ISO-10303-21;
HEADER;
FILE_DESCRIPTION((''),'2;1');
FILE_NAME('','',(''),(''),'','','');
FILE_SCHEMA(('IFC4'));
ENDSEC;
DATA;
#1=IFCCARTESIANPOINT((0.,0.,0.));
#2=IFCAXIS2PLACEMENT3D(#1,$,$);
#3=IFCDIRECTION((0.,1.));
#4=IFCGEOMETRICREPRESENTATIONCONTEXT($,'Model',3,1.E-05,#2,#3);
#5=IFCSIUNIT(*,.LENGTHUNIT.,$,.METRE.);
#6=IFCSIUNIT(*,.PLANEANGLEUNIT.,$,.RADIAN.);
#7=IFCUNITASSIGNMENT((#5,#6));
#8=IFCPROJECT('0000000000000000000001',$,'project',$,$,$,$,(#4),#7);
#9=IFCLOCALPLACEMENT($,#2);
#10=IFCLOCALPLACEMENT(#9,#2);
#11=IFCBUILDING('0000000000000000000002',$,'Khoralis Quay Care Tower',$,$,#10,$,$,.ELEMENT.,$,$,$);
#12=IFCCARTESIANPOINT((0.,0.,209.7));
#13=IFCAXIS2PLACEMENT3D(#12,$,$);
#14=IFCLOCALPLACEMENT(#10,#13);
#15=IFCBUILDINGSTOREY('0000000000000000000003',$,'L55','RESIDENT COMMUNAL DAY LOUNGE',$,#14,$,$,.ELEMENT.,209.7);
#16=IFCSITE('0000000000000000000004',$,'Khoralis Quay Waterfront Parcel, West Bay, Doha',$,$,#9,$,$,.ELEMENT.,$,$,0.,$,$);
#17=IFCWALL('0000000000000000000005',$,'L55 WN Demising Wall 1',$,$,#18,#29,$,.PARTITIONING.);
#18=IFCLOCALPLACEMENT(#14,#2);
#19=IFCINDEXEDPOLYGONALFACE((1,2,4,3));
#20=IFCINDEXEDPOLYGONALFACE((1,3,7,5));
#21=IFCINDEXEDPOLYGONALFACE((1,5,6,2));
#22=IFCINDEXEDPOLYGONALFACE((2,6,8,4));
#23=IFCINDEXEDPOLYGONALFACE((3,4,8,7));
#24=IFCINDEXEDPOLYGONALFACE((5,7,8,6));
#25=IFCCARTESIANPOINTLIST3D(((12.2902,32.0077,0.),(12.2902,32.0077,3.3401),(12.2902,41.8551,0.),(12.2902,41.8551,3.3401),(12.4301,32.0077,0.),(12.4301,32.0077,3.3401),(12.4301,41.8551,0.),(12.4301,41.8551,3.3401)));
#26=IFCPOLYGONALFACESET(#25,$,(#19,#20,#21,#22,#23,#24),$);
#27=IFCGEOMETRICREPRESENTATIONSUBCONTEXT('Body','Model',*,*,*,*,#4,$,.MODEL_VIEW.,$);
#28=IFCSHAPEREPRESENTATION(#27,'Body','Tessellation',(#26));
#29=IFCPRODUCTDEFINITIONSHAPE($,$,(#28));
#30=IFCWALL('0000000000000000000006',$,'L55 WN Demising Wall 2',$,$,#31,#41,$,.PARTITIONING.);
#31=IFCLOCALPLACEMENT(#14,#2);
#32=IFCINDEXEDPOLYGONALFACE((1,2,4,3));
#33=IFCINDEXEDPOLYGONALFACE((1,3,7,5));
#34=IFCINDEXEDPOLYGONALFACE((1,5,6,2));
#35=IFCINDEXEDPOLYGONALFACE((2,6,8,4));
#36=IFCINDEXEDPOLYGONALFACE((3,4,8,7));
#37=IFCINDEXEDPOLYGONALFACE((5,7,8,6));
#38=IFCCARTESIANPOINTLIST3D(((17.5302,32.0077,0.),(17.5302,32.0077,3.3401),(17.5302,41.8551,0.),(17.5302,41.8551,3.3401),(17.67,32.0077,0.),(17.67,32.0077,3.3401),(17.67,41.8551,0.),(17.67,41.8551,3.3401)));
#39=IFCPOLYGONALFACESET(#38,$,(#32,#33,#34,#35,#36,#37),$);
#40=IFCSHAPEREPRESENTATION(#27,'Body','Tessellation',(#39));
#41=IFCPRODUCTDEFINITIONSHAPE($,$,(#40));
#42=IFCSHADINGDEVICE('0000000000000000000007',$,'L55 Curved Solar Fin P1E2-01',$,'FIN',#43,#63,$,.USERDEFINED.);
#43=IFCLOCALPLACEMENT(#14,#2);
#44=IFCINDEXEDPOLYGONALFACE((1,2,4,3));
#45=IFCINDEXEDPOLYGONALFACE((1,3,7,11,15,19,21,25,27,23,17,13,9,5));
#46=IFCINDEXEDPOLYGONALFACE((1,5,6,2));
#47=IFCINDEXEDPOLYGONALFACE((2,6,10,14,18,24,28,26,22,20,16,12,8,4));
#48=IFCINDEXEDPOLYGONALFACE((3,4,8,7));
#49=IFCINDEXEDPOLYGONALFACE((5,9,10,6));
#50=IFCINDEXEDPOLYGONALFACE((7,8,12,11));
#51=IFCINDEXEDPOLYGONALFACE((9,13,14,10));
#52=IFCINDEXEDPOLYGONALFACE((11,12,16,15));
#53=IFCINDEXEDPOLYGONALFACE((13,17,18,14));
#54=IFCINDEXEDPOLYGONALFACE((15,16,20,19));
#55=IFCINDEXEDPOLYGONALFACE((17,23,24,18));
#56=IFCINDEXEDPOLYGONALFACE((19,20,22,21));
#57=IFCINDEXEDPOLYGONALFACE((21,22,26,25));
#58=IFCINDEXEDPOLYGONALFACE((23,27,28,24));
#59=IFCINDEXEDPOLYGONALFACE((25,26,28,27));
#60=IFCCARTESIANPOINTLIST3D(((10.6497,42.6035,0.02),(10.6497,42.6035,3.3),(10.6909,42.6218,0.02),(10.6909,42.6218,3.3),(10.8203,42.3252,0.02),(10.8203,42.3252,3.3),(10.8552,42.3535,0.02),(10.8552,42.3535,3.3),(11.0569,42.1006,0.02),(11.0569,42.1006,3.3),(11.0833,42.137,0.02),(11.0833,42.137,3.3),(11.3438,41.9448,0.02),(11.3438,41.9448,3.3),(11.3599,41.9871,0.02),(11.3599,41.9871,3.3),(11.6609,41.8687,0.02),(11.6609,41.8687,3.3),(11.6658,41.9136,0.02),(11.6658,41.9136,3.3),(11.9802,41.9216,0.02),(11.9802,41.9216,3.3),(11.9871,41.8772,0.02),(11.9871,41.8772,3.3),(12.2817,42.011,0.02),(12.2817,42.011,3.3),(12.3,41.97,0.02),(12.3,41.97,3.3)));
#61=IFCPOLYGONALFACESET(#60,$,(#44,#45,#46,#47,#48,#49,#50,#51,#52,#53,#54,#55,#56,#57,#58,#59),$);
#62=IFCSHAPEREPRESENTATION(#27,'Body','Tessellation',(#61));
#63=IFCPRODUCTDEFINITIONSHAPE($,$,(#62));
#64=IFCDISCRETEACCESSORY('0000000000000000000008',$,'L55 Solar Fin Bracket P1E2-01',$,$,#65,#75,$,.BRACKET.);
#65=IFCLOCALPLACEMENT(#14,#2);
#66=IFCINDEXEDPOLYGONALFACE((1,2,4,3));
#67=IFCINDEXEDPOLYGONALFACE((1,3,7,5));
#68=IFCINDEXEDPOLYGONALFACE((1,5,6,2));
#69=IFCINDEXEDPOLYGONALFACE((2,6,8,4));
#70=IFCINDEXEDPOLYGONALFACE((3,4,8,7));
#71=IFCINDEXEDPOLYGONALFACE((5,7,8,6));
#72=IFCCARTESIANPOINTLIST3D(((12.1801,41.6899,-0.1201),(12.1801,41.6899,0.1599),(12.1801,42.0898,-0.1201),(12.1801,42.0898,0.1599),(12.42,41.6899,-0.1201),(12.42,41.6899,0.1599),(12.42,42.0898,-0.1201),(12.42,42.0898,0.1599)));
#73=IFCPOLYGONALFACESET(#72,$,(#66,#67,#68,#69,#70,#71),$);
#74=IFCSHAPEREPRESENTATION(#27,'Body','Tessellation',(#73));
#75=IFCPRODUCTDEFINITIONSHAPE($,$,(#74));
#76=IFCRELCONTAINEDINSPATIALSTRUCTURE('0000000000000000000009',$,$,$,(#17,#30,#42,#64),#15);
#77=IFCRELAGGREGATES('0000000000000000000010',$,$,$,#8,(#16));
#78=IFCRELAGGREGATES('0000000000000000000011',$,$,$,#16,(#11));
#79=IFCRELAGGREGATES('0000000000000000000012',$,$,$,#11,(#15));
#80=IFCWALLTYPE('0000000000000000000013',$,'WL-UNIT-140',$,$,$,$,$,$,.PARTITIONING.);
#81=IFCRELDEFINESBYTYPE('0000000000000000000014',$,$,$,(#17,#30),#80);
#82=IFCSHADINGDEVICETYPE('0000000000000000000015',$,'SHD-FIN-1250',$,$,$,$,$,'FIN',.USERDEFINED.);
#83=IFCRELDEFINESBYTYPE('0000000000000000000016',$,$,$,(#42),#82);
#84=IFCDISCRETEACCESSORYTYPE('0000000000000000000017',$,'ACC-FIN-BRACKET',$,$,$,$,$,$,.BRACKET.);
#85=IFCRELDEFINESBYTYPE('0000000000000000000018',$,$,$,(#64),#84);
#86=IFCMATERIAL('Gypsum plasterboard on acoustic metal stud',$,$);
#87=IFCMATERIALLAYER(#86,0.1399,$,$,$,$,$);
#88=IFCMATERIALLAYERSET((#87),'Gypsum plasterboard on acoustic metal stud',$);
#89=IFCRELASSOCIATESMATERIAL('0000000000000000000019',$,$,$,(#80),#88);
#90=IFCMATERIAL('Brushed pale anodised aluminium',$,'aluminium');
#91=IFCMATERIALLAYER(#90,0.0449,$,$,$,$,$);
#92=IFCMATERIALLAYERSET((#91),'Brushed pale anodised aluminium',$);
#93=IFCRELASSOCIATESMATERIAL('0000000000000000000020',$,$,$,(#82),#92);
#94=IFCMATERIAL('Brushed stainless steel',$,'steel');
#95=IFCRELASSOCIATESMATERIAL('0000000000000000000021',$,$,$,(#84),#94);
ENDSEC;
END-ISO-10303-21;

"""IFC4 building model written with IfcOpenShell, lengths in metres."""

from ifc_helpers import new_model, si_unit, direction, frame, frame_2d, origin, origin_2d, place, context, subcontext, project, spatial, polyline, rectangle, outline, extrude, source, transform, mapped, material, layer, layer_set, type_object, element, save


model = new_model("IFC4")

# Units and contexts
model_context = context("Model", 3, precision=1e-05, world=origin(), true_north=direction((0.0, 1.0)))
body_context = subcontext(model_context, "Body", "Model", "MODEL_VIEW")
ifc_project = project(units=[si_unit("LENGTHUNIT", "METRE"), si_unit("PLANEANGLEUNIT", "RADIAN")], contexts=[model_context])

# Site, building, storey
site_placement = place(None, origin())
site = spatial("IfcSite", under=ifc_project, at=site_placement, Name="Khoralis Quay Waterfront Parcel, West Bay, Doha", CompositionType="ELEMENT", RefElevation=0.0)
building_placement = place(site_placement, origin())
building = spatial("IfcBuilding", under=site, at=building_placement, Name="Khoralis Quay Care Tower", CompositionType="ELEMENT")
storey_placement = place(building_placement, frame((0.0, 0.0, 209.7)))
storey = spatial("IfcBuildingStorey", under=building, at=storey_placement, Name="L55", Description="RESIDENT COMMUNAL DAY LOUNGE", CompositionType="ELEMENT", Elevation=209.7)

# Walls
ifc_material_1 = material(Name="Gypsum plasterboard on acoustic metal stud")
ifc_layer_1 = layer(ifc_material_1, 0.1399)
ifc_layer_set_1 = layer_set([ifc_layer_1], Name="Gypsum plasterboard on acoustic metal stud")
wall_type = type_object("IfcWallType", Name="WL-UNIT-140", PredefinedType="PARTITIONING", material=ifc_layer_set_1)
for number, where, z_axis, x_axis, name in (
    (1, (12.3601, 32.0076, 0.0), (0.0, 0.0, 1.0), (0.0, 1.0, 0.0), "L55 WN Demising Wall 1"),
    (2, (17.6001, 32.0076, 0.0), (0.0, 0.0, 1.0), (0.0, 1.0, 0.0), "L55 WN Demising Wall 2"),
):
    element("IfcWall", number, at=place(storey_placement, frame(where, z_axis=z_axis, x_axis=x_axis)), inside=storey, type_object=wall_type, Name=name, PredefinedType="PARTITIONING", context=body_context, shape_type="SweptSolid", body=[
        extrude(rectangle(XDim=9.8474, YDim=0.1399, at=frame_2d((4.9238, 0.0))), origin(), (0.0, 0.0, 1.0), 3.3401),
    ])

# Shading device
ifc_material_2 = material(Name="Brushed pale anodised aluminium", Category="aluminium")
ifc_layer_2 = layer(ifc_material_2, 0.0449)
ifc_layer_set_2 = layer_set([ifc_layer_2], Name="Brushed pale anodised aluminium")
shading_device_type = type_object("IfcShadingDeviceType", Name="SHD-FIN-1250", ElementType="FIN", PredefinedType="USERDEFINED", material=ifc_layer_set_2)
shared_shape_1 = source(origin(), body_context, "Body", "SweptSolid", [
    extrude(outline(polyline([(0.0, 0.0), (-0.0928, 0.313), (-0.1013, 0.6392), (-0.0251, 0.9563), (0.1306, 1.2432), (0.3552, 1.4797), (0.6335, 1.6504), (0.6519, 1.6091), (0.3835, 1.4448), (0.167, 1.2168), (0.0171, 0.9402), (-0.0564, 0.6343), (-0.0483, 0.3198), (0.041, 0.0183), (0.0, 0.0)])), origin(), (0.0, 0.0, 1.0), 3.28),
])
shading_device_placement = place(storey_placement, frame((12.3, 41.97, 0.02), z_axis=(0.0, 0.0, 1.0), x_axis=(0.0, 1.0, 0.0)))
element("IfcShadingDevice", 3, at=shading_device_placement, inside=storey, type_object=shading_device_type, Name="L55 Curved Solar Fin P1E2-01", ObjectType="FIN", PredefinedType="USERDEFINED", context=body_context, shape_type="MappedRepresentation", body=[
    mapped(shared_shape_1, transform((0.0, 0.0, 0.0), scale=1.0)),
])

# Discrete accessory
ifc_material_3 = material(Name="Brushed stainless steel", Category="steel")
discrete_accessory_type = type_object("IfcDiscreteAccessoryType", Name="ACC-FIN-BRACKET", PredefinedType="BRACKET", material=ifc_material_3)
shared_shape_2 = source(origin(), body_context, "Body", "SweptSolid", [
    extrude(rectangle(XDim=0.3999, YDim=0.24, at=origin_2d()), origin(), (0.0, 0.0, 1.0), 0.28),
])
discrete_accessory_placement = place(storey_placement, frame((12.3, 41.8899, -0.1201), z_axis=(0.0, 0.0, 1.0), x_axis=(0.0, 1.0, 0.0)))
element("IfcDiscreteAccessory", 4, at=discrete_accessory_placement, inside=storey, type_object=discrete_accessory_type, Name="L55 Solar Fin Bracket P1E2-01", PredefinedType="BRACKET", context=body_context, shape_type="MappedRepresentation", body=[
    mapped(shared_shape_2, transform((0.0, 0.0, 0.0), scale=1.0)),
])

save(model, "model.ifc")
